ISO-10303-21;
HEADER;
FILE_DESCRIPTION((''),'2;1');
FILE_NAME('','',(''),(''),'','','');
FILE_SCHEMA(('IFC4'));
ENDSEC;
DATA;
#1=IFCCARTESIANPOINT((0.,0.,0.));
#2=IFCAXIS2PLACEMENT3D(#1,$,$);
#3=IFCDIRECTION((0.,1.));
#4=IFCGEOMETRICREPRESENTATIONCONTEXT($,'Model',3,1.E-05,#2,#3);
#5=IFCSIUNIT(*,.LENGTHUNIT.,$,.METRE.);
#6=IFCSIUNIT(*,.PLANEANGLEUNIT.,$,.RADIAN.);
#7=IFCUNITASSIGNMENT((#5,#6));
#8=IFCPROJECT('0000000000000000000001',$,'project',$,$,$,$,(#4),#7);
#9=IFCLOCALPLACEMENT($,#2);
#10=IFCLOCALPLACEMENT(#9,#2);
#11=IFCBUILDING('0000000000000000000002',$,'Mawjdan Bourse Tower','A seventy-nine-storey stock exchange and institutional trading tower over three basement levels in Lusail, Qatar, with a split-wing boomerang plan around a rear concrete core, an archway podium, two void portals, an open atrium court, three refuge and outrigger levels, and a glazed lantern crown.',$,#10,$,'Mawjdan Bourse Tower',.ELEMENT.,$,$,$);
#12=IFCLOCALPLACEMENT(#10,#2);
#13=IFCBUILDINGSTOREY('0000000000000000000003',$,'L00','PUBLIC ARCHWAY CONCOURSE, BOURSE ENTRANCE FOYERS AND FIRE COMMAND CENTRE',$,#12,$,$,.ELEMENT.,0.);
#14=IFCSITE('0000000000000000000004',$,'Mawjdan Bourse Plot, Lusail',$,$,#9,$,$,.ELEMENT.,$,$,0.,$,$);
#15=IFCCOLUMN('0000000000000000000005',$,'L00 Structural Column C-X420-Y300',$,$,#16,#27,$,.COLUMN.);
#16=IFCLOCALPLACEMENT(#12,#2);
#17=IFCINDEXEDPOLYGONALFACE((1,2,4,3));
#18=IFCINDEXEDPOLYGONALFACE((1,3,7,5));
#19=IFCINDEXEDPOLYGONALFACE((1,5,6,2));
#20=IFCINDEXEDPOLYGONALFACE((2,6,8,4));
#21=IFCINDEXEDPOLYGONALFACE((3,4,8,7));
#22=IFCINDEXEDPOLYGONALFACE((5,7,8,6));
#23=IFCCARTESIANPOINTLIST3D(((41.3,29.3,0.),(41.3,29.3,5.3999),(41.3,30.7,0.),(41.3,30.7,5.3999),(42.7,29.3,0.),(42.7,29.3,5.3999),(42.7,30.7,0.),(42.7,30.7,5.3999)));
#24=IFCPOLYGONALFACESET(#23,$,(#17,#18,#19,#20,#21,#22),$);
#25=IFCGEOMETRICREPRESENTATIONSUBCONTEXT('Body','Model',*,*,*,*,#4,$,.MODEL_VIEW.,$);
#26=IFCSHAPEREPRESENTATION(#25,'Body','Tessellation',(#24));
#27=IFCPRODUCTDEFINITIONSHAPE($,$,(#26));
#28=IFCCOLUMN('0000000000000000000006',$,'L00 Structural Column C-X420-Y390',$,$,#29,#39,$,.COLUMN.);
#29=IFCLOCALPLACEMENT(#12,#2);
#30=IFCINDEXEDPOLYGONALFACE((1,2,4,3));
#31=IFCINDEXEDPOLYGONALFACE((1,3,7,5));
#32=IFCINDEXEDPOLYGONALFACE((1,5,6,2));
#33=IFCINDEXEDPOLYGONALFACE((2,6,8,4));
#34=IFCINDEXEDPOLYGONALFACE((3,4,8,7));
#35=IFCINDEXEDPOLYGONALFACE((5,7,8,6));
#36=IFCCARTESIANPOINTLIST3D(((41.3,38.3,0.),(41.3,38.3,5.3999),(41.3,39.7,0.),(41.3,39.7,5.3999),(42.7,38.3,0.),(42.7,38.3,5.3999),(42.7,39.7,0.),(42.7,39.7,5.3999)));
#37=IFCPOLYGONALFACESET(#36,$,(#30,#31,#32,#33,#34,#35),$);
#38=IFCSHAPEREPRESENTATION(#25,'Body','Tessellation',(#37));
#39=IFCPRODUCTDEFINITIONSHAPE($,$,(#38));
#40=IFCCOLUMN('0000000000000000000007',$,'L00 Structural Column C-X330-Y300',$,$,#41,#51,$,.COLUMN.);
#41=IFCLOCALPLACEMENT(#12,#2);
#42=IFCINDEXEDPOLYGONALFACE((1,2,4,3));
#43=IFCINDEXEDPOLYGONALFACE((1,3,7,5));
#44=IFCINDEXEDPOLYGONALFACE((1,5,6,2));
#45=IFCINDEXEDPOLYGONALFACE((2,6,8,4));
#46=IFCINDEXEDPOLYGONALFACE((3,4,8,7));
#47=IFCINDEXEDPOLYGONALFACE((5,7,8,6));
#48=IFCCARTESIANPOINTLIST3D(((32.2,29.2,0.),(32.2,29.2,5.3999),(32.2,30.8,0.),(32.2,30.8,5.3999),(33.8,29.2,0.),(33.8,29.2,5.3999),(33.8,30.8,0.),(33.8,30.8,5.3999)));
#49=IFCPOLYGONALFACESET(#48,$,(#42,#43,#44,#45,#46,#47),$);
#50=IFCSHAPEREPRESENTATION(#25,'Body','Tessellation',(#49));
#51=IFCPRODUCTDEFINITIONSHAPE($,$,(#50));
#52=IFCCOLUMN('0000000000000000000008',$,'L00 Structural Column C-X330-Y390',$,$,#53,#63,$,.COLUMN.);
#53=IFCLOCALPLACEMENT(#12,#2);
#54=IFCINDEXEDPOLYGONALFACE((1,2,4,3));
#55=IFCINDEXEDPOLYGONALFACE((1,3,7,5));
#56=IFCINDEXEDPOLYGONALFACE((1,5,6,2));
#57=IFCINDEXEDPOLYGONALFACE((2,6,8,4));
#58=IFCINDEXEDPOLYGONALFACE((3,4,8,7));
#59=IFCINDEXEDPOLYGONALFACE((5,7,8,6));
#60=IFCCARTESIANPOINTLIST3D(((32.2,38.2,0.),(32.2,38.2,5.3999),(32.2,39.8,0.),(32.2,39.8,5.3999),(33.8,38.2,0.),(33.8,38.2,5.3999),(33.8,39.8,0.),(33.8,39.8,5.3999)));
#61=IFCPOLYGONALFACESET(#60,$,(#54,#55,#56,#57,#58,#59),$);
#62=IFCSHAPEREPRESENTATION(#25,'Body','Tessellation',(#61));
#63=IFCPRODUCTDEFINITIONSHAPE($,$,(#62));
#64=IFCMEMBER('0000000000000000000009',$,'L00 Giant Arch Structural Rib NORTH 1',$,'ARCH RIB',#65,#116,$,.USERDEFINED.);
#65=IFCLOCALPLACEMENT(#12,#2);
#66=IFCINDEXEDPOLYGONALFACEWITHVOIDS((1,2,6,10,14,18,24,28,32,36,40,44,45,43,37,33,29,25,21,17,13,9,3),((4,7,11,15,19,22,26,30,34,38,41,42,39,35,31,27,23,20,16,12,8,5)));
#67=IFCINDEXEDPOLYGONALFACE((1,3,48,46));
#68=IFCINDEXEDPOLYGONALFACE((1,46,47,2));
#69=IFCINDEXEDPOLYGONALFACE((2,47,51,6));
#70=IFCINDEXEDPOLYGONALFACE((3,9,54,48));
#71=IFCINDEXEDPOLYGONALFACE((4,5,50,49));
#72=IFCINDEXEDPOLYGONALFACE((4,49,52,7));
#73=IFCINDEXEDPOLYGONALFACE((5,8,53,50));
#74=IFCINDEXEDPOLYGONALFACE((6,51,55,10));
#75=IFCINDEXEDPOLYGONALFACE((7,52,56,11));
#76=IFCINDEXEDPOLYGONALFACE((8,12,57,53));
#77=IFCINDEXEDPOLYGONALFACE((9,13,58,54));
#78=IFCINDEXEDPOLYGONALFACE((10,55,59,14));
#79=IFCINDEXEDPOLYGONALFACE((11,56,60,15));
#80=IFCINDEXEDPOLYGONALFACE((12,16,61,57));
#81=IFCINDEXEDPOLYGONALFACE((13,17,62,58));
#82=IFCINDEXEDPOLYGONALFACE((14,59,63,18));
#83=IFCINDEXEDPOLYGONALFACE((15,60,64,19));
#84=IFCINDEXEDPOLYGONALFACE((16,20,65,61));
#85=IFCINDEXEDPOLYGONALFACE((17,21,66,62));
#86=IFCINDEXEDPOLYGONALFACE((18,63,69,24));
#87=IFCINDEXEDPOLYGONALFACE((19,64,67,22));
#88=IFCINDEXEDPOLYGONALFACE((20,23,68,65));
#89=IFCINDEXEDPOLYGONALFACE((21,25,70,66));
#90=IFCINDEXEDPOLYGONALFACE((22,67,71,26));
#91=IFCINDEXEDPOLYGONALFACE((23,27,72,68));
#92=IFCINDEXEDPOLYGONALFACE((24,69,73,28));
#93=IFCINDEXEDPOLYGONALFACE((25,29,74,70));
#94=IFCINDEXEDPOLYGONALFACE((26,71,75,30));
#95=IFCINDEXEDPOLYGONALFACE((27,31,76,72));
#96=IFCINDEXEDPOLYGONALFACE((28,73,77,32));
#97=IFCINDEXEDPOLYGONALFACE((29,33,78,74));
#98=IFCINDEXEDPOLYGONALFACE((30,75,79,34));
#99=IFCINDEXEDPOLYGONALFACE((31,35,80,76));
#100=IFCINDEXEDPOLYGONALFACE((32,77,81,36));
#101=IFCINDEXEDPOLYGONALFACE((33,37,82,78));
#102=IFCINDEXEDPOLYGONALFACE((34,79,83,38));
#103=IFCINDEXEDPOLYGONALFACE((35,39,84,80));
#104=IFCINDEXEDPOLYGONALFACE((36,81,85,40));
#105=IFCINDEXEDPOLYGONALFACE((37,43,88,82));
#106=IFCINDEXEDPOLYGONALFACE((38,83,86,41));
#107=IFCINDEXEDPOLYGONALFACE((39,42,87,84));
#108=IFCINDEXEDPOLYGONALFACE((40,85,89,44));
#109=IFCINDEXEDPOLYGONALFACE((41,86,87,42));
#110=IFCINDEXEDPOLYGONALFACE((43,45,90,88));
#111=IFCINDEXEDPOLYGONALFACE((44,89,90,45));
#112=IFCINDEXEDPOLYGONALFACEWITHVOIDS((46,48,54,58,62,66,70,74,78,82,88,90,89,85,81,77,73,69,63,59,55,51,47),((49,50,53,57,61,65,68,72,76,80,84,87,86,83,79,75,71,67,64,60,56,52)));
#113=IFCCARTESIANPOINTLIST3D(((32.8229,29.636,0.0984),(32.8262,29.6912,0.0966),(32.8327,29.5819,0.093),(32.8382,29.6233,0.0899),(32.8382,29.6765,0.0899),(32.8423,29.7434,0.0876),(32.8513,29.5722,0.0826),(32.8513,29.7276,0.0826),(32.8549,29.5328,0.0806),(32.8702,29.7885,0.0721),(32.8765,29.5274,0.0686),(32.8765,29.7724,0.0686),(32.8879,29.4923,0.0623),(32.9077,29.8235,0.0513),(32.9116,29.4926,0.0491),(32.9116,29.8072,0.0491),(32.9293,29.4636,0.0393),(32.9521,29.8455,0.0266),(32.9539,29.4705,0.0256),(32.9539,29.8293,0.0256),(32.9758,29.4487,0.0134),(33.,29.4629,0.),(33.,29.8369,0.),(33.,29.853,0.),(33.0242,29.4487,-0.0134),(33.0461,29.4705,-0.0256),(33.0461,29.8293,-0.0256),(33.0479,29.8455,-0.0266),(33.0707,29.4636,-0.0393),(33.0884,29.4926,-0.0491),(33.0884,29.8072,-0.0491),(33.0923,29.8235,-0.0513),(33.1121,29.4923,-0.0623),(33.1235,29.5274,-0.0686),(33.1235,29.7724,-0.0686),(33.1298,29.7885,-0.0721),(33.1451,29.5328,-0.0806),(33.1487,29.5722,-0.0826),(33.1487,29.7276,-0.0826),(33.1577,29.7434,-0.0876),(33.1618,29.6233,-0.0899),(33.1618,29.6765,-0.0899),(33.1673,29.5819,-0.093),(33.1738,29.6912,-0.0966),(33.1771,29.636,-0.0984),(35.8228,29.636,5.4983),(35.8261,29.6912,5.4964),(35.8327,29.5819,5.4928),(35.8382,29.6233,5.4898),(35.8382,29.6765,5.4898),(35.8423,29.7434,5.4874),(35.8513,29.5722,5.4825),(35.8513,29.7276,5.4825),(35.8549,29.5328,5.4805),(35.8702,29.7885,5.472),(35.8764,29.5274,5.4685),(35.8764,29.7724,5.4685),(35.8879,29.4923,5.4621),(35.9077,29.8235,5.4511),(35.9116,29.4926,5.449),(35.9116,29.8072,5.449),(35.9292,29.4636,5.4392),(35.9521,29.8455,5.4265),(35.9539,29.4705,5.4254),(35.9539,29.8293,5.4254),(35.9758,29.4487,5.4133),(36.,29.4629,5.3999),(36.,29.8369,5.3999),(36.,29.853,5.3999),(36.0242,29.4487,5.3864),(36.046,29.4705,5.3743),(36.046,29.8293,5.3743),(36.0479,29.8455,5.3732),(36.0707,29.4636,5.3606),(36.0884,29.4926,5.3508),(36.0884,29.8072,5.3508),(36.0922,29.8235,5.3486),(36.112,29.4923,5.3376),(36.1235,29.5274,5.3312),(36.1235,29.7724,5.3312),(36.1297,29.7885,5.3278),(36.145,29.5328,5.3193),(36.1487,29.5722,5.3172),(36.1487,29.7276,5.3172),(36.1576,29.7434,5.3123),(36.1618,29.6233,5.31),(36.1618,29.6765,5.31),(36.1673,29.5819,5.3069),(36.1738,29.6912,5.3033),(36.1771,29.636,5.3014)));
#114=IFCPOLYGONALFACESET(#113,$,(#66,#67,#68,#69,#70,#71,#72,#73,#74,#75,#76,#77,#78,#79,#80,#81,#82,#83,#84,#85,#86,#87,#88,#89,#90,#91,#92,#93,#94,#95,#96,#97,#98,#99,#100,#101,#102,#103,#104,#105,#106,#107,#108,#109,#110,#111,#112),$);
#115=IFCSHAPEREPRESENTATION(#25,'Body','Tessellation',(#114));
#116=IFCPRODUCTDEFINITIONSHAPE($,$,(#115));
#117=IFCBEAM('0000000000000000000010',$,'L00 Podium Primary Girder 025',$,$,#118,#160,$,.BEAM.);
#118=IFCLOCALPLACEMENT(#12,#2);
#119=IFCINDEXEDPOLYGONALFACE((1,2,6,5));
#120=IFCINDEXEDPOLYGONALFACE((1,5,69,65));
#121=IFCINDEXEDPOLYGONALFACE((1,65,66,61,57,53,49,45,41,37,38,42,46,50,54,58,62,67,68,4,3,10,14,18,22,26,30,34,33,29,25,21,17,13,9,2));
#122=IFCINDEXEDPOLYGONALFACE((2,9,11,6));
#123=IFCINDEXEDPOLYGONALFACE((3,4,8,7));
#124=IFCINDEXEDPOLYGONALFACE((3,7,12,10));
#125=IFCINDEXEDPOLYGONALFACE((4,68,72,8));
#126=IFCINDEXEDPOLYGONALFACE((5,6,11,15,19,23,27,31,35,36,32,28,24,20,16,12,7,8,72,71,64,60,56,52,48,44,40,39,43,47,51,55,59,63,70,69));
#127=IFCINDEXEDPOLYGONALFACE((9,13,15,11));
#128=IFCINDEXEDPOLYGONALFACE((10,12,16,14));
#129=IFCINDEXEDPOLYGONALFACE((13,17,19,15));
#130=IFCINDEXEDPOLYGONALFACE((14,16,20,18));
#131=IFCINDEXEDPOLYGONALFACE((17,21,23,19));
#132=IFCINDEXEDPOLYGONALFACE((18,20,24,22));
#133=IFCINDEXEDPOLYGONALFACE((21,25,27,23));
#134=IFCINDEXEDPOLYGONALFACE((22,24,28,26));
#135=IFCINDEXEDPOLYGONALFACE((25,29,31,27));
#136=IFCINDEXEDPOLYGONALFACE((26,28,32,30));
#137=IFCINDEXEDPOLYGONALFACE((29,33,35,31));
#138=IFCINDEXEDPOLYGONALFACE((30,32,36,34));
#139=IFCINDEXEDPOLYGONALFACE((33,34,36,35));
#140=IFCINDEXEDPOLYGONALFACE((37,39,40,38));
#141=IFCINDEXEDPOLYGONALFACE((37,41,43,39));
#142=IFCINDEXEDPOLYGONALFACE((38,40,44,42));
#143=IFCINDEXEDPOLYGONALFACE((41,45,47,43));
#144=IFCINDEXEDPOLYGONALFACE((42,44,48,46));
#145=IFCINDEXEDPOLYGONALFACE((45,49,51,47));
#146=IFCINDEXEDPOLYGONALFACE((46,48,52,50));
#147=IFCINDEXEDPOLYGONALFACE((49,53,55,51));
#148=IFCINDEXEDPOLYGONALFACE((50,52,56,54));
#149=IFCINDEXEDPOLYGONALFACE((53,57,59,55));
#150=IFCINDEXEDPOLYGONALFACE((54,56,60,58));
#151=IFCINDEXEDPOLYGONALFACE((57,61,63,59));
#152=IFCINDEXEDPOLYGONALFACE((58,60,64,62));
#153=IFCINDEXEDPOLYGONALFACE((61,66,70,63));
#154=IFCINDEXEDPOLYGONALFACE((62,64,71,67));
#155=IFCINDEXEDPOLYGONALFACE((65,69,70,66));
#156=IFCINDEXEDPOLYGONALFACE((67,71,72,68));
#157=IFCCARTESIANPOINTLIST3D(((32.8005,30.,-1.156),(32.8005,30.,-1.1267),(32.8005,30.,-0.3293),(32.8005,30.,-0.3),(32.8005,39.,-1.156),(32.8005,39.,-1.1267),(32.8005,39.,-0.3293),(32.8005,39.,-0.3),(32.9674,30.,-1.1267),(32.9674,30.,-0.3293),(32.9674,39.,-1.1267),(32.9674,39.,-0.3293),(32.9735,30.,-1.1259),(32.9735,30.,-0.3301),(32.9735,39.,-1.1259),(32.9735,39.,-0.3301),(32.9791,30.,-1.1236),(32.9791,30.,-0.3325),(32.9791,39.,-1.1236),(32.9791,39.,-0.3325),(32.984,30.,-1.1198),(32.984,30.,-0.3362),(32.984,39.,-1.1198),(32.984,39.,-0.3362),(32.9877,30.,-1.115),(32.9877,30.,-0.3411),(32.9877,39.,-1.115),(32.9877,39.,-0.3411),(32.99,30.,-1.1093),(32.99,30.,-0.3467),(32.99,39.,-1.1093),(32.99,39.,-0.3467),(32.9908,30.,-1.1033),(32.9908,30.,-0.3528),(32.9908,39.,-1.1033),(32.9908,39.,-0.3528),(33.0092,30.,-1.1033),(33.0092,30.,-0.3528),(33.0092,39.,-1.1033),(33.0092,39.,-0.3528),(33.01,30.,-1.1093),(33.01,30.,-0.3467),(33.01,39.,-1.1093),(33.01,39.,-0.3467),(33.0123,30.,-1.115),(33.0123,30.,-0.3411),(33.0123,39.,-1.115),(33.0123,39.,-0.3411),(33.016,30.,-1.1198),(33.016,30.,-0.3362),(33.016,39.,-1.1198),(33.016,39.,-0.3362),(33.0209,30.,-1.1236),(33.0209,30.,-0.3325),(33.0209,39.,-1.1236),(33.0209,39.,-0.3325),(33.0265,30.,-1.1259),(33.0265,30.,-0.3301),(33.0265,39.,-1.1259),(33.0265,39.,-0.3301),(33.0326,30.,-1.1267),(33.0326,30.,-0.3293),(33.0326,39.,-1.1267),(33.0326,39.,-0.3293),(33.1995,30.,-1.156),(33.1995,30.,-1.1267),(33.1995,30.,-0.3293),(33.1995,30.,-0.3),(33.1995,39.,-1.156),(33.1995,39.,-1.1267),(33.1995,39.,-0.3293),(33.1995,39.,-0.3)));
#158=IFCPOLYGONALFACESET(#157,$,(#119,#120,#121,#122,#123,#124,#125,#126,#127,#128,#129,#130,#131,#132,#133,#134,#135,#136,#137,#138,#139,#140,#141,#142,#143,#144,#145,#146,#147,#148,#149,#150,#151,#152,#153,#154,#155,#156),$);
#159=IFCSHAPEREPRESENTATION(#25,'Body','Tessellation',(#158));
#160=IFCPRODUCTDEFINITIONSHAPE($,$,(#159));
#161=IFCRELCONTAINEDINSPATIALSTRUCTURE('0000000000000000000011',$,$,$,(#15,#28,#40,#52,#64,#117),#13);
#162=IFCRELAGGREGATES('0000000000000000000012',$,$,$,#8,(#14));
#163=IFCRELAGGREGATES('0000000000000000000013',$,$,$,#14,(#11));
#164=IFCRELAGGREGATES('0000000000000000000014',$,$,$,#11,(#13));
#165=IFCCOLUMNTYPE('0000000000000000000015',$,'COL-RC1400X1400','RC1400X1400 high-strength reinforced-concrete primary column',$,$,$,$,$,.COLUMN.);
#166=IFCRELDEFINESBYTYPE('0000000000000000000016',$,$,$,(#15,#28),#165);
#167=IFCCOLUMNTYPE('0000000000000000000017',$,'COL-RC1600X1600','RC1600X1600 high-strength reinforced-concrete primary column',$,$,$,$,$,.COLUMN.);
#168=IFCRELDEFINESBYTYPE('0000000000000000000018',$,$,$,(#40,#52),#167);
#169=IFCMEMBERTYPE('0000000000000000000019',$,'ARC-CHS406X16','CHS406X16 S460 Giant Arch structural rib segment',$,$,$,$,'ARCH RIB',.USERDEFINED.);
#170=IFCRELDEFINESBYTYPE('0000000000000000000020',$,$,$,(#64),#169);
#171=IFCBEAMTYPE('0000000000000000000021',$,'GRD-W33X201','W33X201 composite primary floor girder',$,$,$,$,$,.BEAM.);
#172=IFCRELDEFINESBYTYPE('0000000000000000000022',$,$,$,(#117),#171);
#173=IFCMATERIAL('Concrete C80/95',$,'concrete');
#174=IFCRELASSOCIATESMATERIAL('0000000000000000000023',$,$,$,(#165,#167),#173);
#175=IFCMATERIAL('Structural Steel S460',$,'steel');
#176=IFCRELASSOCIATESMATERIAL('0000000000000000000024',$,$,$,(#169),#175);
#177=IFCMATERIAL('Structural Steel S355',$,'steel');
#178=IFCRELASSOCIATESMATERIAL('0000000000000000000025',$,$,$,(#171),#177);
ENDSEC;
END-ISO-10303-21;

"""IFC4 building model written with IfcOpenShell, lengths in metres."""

from ifc_helpers import new_model, si_unit, direction, frame, origin, origin_2d, place, context, subcontext, project, spatial, rectangle, hollow_circle, i_section, extrude, material, material_profile, profile_set, type_object, element, save


model = new_model("IFC4")

# Units and contexts
model_context = context("Model", 3, precision=1e-05, world=origin(), true_north=direction((0.0, 1.0)))
body_context = subcontext(model_context, "Body", "Model", "MODEL_VIEW")
ifc_project = project(units=[si_unit("LENGTHUNIT", "METRE"), si_unit("PLANEANGLEUNIT", "RADIAN")], contexts=[model_context])

# Site, building, storey
site_placement = place(None, origin())
site = spatial("IfcSite", under=ifc_project, at=site_placement, Name="Mawjdan Bourse Plot, Lusail", CompositionType="ELEMENT", RefElevation=0.0)
building_placement = place(site_placement, origin())
building = spatial("IfcBuilding", under=site, at=building_placement, Name="Mawjdan Bourse Tower", Description="A seventy-nine-storey stock exchange and institutional trading tower over three basement levels in Lusail, Qatar, with a split-wing boomerang plan around a rear concrete core, an archway podium, two void portals, an open atrium court, three refuge and outrigger levels, and a glazed lantern crown.", LongName="Mawjdan Bourse Tower", CompositionType="ELEMENT")
storey_placement = place(building_placement, origin())
storey = spatial("IfcBuildingStorey", under=building, at=storey_placement, Name="L00", Description="PUBLIC ARCHWAY CONCOURSE, BOURSE ENTRANCE FOYERS AND FIRE COMMAND CENTRE", CompositionType="ELEMENT", Elevation=0.0)

# Columns
ifc_material_1 = material(Name="Concrete C80/95", Category="concrete")
ifc_material_profile_1 = material_profile(ifc_material_1, rectangle(XDim=1.3999, YDim=1.3999, at=origin_2d()), Name="RC1400X1400")
ifc_profile_set_1 = profile_set([ifc_material_profile_1], Name="Concrete C80/95")
column_type_1 = type_object("IfcColumnType", Name="COL-RC1400X1400", Description="RC1400X1400 high-strength reinforced-concrete primary column", PredefinedType="COLUMN", material=ifc_profile_set_1)
for number, where, z_axis, x_axis, name in (
    (1, (42.0, 30.0, 0.0), (0.0, 0.0, 1.0), (1.0, 0.0, 0.0), "L00 Structural Column C-X420-Y300"),
    (2, (42.0, 39.0, 0.0), (0.0, 0.0, 1.0), (1.0, 0.0, 0.0), "L00 Structural Column C-X420-Y390"),
):
    element("IfcColumn", number, at=place(storey_placement, frame(where, z_axis=z_axis, x_axis=x_axis)), inside=storey, type_object=column_type_1, Name=name, PredefinedType="COLUMN", context=body_context, shape_type="SweptSolid", body=[
        extrude(rectangle(XDim=1.3999, YDim=1.3999, at=origin_2d()), origin(), (0.0, 0.0, 1.0), 5.3999),
    ])
ifc_material_profile_2 = material_profile(ifc_material_1, rectangle(XDim=1.6001, YDim=1.6001, at=origin_2d()), Name="RC1600X1600")
ifc_profile_set_2 = profile_set([ifc_material_profile_2], Name="Concrete C80/95")
column_type_2 = type_object("IfcColumnType", Name="COL-RC1600X1600", Description="RC1600X1600 high-strength reinforced-concrete primary column", PredefinedType="COLUMN", material=ifc_profile_set_2)
for number, where, z_axis, x_axis, name in (
    (3, (33.0, 30.0, 0.0), (0.0, 0.0, 1.0), (1.0, 0.0, 0.0), "L00 Structural Column C-X330-Y300"),
    (4, (33.0, 39.0, 0.0), (0.0, 0.0, 1.0), (1.0, 0.0, 0.0), "L00 Structural Column C-X330-Y390"),
):
    element("IfcColumn", number, at=place(storey_placement, frame(where, z_axis=z_axis, x_axis=x_axis)), inside=storey, type_object=column_type_2, Name=name, PredefinedType="COLUMN", context=body_context, shape_type="SweptSolid", body=[
        extrude(rectangle(XDim=1.6001, YDim=1.6001, at=origin_2d()), origin(), (0.0, 0.0, 1.0), 5.3999),
    ])

# Member
ifc_material_2 = material(Name="Structural Steel S460", Category="steel")
ifc_material_profile_3 = material_profile(ifc_material_2, hollow_circle(Radius=0.2031, WallThickness=0.0161, at=origin_2d()), Name="CHS406X16")
ifc_profile_set_3 = profile_set([ifc_material_profile_3], Name="Structural Steel S460")
member_type_1 = type_object("IfcMemberType", Name="ARC-CHS406X16", Description="CHS406X16 S460 Giant Arch structural rib segment", ElementType="ARCH RIB", PredefinedType="USERDEFINED", material=ifc_profile_set_3)
member_1_placement = place(storey_placement, frame((33.0, 29.6499, 0.0), z_axis=(0.48565, 0.0, 0.874154), x_axis=(0.0, 1.0, 0.0)))
element("IfcMember", 5, at=member_1_placement, inside=storey, type_object=member_type_1, Name="L00 Giant Arch Structural Rib NORTH 1", ObjectType="ARCH RIB", PredefinedType="USERDEFINED", context=body_context, shape_type="SweptSolid", body=[
    extrude(hollow_circle(Radius=0.2031, WallThickness=0.0161, at=origin_2d()), origin(), (0.0, 0.0, 1.0), 6.1772),
])

# Beam
ifc_material_3 = material(Name="Structural Steel S355", Category="steel")
ifc_material_profile_4 = material_profile(ifc_material_3, i_section(OverallWidth=0.3989, OverallDepth=0.856, WebThickness=0.0183, FlangeThickness=0.0293, FilletRadius=0.0234, at=origin_2d()), Name="W33X201")
ifc_profile_set_4 = profile_set([ifc_material_profile_4], Name="Structural Steel S355")
beam_type_1 = type_object("IfcBeamType", Name="GRD-W33X201", Description="W33X201 composite primary floor girder", PredefinedType="BEAM", material=ifc_profile_set_4)
beam_1_placement = place(storey_placement, frame((33.0, 30.0, -0.728), z_axis=(0.0, 1.0, 0.0), x_axis=(-1.0, 0.0, 0.0)))
element("IfcBeam", 6, at=beam_1_placement, inside=storey, type_object=beam_type_1, Name="L00 Podium Primary Girder 025", PredefinedType="BEAM", context=body_context, shape_type="SweptSolid", body=[
    extrude(i_section(OverallWidth=0.3989, OverallDepth=0.856, WebThickness=0.0183, FlangeThickness=0.0293, FilletRadius=0.0234, at=origin_2d()), origin(), (0.0, 0.0, 1.0), 9.0),
])

save(model, "model.ifc")
